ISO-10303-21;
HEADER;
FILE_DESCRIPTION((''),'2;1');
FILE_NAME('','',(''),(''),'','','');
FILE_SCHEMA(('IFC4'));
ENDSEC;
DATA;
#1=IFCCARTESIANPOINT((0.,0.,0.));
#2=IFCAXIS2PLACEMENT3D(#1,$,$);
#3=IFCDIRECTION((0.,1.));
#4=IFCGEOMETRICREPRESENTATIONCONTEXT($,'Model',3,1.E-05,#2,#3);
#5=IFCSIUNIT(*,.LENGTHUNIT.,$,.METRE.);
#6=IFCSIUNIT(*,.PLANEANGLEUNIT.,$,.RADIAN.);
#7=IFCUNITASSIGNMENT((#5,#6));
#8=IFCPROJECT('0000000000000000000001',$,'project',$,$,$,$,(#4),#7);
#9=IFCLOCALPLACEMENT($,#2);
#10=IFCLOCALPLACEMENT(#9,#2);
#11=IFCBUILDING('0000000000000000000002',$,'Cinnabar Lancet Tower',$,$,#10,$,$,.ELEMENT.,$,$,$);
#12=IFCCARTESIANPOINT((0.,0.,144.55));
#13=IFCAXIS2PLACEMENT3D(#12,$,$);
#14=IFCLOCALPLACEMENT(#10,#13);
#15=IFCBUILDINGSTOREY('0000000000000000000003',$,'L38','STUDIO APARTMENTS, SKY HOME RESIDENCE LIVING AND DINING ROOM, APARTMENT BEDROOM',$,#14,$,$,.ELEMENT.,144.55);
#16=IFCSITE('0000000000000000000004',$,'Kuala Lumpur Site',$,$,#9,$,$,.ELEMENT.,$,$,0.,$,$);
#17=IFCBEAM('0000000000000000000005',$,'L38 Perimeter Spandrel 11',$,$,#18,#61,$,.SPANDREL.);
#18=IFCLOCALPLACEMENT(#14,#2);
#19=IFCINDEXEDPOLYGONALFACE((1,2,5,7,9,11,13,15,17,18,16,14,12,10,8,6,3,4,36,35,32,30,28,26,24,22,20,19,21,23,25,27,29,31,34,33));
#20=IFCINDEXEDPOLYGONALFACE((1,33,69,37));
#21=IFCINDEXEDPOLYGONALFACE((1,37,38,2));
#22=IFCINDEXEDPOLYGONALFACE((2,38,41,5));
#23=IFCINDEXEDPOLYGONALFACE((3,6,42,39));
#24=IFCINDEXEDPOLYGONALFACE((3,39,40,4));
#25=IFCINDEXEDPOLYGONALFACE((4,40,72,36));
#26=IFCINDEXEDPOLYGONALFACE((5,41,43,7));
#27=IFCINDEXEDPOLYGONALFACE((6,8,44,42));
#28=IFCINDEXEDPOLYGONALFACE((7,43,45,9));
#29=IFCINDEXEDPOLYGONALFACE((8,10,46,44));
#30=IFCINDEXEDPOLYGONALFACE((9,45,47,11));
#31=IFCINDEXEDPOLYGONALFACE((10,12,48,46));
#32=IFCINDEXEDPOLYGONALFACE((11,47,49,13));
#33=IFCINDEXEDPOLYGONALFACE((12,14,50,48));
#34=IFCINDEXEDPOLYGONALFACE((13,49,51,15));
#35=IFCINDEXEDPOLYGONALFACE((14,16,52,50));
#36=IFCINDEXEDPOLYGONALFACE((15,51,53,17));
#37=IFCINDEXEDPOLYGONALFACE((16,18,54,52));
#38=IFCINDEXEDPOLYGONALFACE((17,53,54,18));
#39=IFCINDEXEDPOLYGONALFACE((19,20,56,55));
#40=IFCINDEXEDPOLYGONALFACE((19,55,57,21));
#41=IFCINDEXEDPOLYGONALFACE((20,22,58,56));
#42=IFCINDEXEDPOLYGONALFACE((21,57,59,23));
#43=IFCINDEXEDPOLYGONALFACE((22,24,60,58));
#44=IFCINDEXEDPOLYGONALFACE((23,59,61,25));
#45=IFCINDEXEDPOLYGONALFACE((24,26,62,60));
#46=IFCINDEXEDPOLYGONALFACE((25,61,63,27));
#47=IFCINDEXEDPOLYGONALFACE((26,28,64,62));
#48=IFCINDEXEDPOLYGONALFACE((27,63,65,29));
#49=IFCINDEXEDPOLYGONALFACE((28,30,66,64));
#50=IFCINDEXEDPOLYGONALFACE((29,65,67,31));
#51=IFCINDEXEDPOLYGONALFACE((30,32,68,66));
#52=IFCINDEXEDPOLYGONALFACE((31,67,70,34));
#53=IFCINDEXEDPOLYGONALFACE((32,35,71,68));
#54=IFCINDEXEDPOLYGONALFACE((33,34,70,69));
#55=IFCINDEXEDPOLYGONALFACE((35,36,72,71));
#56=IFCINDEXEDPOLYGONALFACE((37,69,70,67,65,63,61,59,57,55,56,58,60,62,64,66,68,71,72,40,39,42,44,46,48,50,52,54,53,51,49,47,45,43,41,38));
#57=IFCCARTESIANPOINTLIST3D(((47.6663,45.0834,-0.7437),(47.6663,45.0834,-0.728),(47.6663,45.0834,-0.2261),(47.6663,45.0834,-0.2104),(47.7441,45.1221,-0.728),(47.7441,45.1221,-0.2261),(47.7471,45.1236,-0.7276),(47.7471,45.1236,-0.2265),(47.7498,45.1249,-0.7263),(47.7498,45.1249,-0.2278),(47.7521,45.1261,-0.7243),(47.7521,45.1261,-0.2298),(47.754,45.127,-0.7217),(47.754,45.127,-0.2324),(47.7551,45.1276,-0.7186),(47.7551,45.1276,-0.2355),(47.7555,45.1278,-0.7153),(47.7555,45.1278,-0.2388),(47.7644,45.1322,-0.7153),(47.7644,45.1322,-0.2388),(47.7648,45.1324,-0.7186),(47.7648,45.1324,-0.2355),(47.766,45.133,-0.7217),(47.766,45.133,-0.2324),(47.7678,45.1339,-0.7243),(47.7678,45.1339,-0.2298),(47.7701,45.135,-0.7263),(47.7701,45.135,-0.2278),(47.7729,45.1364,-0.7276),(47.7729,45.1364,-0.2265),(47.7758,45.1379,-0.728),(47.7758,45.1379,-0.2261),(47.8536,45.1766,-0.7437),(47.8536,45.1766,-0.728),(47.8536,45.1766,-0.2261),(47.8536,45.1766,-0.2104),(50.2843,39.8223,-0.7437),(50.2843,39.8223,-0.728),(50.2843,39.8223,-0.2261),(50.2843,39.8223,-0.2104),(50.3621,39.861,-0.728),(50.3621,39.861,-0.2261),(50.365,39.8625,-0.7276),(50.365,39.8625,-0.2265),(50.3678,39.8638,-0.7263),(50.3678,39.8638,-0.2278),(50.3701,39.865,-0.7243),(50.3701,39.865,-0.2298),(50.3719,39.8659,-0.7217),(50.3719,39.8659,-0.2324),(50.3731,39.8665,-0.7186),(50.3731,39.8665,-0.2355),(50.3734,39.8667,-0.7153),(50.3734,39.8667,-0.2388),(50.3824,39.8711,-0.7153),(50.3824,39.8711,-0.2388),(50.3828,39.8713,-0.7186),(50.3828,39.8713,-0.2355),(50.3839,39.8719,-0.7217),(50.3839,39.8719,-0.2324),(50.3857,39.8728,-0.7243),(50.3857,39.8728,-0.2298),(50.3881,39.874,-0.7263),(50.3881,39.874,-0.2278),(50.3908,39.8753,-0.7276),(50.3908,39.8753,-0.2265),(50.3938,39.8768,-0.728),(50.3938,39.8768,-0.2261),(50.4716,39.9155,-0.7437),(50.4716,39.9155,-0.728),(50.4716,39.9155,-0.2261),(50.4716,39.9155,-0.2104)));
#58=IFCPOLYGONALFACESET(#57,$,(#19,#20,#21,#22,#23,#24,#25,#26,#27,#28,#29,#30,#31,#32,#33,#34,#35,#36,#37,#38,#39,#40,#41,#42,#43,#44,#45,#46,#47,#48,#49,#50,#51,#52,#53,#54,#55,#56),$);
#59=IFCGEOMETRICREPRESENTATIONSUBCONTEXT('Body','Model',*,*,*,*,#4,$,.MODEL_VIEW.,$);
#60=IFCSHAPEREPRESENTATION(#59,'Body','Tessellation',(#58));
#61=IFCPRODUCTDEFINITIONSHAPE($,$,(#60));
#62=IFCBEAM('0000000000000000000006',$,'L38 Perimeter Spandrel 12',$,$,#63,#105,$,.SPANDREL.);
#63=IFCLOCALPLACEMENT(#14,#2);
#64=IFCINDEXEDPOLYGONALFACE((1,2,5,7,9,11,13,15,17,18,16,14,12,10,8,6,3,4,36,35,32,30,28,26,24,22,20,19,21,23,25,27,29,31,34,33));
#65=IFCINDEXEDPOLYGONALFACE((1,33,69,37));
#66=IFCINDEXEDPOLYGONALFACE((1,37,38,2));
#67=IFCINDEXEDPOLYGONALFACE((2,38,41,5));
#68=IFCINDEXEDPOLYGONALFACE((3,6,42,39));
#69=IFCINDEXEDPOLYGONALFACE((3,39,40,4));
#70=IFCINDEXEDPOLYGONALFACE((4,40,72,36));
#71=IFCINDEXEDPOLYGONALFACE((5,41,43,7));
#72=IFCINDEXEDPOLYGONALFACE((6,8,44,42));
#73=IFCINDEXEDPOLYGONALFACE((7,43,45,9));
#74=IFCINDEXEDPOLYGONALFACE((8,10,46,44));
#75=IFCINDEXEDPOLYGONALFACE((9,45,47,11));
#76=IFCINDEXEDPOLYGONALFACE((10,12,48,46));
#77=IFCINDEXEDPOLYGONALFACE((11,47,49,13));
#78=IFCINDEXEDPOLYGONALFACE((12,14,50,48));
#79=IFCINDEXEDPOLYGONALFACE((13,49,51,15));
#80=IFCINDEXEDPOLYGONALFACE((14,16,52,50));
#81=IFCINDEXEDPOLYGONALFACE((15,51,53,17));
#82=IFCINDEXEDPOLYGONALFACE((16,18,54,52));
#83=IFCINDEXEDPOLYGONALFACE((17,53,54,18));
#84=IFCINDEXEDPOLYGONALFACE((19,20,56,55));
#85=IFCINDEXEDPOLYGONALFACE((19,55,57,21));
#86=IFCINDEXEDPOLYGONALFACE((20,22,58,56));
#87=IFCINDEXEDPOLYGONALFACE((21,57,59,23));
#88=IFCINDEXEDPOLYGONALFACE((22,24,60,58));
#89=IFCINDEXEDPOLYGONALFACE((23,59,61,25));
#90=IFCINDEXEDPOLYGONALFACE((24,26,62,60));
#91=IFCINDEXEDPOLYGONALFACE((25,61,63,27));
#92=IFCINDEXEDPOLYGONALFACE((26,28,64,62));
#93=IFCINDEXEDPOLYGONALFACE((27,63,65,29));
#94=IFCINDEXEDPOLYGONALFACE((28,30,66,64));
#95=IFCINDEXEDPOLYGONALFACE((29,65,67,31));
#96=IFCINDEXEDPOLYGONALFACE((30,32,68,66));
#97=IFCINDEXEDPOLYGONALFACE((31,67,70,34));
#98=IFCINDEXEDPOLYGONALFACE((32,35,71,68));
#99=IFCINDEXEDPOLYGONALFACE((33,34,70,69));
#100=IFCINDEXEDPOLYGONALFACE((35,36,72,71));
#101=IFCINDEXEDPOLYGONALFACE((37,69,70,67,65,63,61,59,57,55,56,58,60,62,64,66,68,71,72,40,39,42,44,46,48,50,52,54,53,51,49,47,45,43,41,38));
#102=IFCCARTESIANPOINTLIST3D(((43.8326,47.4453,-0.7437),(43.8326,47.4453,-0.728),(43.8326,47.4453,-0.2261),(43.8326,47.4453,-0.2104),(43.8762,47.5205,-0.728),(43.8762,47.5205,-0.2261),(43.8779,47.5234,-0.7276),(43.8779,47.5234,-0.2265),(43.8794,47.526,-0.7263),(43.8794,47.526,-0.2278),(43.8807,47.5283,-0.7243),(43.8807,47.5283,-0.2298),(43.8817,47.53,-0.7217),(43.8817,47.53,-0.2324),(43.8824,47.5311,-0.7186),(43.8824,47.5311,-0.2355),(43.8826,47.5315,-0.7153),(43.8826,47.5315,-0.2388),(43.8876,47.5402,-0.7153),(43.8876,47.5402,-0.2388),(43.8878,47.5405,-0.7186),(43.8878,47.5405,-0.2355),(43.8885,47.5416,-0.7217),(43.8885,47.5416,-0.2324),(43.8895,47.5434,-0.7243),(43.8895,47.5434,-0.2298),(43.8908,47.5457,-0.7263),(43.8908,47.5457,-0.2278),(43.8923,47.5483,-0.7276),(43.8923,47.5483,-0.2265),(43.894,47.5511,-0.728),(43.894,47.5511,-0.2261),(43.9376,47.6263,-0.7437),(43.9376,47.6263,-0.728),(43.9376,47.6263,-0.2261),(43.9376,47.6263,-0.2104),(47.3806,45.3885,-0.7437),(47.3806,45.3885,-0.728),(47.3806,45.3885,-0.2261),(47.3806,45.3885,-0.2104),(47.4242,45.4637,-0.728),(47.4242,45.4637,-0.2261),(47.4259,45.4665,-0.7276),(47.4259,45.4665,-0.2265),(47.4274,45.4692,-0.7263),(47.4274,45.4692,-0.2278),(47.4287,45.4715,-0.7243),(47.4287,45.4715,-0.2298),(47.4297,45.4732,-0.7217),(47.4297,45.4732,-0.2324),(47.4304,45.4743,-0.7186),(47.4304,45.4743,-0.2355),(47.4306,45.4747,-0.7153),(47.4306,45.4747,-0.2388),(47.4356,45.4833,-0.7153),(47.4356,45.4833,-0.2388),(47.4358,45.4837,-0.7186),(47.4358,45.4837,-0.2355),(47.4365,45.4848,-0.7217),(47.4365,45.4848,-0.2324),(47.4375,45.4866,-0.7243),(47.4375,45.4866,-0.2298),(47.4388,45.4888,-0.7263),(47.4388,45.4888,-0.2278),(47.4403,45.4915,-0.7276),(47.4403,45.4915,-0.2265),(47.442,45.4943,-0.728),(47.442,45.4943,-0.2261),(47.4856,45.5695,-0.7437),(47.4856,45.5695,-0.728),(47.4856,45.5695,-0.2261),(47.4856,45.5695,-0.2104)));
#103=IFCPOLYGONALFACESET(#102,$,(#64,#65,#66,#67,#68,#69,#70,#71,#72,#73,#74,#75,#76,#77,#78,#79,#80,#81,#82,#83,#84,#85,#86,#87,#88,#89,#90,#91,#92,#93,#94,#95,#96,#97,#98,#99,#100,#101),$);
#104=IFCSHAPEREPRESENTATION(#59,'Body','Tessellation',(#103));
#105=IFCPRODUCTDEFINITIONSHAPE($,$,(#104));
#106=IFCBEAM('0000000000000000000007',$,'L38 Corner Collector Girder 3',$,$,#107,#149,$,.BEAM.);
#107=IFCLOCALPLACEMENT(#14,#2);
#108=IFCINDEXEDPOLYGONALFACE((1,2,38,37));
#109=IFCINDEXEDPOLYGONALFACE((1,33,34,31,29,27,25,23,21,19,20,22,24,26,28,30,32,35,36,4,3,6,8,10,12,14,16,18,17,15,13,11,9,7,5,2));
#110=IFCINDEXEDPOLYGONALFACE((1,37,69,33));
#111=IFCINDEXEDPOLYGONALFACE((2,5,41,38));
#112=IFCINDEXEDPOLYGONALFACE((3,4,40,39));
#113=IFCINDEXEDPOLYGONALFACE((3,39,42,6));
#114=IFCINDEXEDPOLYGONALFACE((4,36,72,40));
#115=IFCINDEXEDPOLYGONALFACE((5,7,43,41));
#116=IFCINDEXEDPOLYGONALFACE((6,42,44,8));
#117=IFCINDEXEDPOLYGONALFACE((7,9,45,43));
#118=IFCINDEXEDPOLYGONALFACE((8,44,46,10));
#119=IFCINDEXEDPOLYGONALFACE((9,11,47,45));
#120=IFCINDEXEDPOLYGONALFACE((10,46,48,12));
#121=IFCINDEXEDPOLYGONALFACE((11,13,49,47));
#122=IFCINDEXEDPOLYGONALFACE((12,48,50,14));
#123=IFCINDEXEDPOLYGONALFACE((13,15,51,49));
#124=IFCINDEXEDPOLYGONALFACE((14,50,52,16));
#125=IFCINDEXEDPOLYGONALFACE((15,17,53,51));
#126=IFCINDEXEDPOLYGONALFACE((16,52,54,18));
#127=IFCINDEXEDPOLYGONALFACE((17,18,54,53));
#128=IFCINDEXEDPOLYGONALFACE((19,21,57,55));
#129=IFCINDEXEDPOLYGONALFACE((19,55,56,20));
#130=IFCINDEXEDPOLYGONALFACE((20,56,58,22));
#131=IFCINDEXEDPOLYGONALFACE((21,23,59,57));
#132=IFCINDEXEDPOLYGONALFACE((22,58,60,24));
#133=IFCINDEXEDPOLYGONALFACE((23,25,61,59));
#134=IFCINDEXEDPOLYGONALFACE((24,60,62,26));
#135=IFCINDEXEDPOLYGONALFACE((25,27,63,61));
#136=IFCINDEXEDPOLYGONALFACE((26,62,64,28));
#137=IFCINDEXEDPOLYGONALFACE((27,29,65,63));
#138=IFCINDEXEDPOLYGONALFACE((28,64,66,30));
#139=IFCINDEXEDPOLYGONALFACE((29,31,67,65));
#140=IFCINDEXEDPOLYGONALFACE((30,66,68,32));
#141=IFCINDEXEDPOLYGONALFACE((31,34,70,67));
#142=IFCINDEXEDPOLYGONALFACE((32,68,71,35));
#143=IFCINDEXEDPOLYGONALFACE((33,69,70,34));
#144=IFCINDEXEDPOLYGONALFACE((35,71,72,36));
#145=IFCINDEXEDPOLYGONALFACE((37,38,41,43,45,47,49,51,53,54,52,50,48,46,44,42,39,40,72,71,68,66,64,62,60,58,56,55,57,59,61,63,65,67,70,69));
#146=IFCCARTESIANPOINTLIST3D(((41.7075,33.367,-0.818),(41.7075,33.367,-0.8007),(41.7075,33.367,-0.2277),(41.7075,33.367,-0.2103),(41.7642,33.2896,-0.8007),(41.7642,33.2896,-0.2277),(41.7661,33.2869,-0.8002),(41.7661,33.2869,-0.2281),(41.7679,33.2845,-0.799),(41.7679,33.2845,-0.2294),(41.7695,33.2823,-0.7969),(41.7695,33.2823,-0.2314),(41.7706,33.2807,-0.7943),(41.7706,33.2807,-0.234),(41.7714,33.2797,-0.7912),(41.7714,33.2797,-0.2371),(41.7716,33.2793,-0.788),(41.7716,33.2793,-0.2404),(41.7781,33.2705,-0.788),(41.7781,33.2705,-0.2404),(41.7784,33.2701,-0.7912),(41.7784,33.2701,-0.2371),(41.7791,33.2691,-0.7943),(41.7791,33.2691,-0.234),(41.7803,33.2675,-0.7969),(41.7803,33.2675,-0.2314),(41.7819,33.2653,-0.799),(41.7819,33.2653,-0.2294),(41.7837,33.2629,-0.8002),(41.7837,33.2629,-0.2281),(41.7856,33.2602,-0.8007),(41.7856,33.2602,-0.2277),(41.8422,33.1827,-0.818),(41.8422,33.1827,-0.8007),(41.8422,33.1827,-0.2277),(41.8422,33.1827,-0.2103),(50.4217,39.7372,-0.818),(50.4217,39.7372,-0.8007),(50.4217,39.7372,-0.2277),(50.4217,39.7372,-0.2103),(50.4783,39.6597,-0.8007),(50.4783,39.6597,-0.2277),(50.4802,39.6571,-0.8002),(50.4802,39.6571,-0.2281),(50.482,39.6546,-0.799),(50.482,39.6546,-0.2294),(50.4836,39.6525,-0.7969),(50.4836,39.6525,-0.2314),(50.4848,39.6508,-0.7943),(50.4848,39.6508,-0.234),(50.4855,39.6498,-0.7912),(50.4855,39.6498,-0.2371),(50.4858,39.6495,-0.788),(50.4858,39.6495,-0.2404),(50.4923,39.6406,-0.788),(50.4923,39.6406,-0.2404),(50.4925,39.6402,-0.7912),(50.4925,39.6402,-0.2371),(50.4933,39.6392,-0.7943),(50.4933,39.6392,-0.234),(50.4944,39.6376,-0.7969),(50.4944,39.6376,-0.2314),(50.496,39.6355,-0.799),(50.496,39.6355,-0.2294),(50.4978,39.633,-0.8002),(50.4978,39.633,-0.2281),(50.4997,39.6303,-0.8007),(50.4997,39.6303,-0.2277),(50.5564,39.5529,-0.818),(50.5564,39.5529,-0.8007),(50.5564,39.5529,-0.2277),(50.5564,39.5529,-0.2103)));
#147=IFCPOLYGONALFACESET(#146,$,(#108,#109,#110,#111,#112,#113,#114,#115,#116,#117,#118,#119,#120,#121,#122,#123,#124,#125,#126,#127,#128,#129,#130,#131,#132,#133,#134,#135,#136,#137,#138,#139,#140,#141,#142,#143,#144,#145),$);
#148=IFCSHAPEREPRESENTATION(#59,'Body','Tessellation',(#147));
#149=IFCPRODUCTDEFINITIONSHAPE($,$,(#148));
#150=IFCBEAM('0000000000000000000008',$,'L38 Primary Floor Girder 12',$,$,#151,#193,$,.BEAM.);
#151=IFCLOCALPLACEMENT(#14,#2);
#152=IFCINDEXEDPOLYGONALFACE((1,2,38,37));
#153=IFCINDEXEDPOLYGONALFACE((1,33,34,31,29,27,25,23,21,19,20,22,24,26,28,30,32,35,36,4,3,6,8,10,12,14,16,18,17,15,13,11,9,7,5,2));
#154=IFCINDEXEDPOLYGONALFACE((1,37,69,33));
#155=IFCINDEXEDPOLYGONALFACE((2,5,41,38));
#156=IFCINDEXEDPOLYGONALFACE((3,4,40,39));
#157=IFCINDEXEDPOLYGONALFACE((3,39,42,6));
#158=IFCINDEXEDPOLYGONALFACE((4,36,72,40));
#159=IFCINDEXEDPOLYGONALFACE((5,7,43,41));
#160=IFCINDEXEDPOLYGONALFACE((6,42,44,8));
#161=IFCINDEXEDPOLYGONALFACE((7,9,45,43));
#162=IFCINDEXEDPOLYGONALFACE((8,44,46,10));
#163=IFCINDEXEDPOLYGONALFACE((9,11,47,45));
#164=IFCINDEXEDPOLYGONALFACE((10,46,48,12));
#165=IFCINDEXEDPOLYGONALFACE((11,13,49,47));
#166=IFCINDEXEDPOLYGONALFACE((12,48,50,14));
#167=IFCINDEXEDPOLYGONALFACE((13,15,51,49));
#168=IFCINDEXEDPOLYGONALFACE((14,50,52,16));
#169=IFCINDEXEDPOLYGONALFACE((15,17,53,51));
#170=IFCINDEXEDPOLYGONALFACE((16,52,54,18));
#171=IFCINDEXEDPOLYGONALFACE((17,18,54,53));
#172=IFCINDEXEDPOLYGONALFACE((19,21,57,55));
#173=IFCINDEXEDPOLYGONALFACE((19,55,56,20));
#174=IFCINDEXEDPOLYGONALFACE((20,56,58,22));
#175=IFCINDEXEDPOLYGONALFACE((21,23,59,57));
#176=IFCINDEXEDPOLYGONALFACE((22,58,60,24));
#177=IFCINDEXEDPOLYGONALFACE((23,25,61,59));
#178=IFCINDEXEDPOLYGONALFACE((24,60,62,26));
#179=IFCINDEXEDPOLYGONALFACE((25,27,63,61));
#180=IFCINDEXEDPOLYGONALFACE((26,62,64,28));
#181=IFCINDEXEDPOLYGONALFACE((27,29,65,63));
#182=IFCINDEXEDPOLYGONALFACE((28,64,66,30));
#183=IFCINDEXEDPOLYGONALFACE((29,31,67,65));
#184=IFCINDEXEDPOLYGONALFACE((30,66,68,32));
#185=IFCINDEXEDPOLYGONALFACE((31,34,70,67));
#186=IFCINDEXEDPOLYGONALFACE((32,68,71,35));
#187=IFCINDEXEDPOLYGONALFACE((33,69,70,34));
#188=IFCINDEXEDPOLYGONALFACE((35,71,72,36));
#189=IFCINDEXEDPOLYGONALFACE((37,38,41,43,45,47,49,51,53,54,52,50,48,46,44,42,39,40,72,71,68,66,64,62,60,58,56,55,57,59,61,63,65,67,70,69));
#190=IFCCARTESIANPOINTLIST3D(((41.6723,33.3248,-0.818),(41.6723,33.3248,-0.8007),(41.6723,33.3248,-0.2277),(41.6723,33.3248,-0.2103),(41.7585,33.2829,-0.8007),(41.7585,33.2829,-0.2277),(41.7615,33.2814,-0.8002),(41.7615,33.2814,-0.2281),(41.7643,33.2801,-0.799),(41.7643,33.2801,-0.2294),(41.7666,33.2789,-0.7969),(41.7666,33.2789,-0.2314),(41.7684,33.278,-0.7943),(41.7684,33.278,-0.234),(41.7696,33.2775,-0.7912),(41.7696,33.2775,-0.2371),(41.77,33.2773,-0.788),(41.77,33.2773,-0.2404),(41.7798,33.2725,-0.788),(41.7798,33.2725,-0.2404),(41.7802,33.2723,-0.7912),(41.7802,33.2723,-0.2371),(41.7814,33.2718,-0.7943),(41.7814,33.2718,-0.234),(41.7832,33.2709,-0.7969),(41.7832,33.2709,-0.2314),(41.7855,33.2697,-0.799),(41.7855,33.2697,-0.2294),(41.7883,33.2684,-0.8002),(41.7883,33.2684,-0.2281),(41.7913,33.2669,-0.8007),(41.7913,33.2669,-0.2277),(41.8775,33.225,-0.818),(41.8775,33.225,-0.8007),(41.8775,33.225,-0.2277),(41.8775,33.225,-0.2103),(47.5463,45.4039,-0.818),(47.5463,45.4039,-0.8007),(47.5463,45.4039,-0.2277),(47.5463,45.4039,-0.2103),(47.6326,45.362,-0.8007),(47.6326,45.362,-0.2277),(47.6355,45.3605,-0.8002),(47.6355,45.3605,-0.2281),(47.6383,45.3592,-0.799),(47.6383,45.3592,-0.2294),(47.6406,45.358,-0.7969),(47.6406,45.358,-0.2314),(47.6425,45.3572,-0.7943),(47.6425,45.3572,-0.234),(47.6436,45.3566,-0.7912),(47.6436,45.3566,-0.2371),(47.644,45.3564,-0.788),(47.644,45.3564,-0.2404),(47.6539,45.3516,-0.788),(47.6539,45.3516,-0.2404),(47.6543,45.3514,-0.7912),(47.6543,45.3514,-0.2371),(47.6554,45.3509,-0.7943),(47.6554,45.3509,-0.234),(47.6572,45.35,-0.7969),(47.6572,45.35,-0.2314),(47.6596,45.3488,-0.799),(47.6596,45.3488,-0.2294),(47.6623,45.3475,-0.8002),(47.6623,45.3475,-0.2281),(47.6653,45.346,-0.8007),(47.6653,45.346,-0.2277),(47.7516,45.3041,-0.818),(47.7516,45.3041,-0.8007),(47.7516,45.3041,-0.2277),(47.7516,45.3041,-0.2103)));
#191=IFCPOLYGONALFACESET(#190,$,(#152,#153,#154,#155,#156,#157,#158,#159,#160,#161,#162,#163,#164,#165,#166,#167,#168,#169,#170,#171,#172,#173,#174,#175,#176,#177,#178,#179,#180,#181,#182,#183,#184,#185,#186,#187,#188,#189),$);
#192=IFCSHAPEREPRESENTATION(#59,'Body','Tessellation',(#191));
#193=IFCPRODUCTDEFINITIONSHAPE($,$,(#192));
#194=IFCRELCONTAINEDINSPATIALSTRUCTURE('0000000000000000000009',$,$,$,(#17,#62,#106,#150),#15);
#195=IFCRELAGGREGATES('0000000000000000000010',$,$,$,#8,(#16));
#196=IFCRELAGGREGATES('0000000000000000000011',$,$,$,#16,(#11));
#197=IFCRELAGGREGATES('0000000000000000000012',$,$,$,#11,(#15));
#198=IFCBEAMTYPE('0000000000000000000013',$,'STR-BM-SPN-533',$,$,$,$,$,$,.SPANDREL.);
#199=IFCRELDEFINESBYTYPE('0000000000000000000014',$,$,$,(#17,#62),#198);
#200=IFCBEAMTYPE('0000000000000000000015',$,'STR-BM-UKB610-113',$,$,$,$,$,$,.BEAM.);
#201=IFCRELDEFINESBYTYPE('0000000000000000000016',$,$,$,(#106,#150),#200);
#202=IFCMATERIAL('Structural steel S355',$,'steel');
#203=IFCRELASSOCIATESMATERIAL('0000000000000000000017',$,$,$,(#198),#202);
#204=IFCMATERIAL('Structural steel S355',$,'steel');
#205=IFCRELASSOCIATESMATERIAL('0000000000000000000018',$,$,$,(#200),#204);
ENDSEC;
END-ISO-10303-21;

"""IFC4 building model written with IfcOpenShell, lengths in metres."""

from ifc_helpers import new_model, si_unit, direction, frame, origin, origin_2d, place, context, subcontext, project, spatial, i_section, extrude, material, material_profile, profile_set, type_object, element, save


model = new_model("IFC4")

# Units and contexts
model_context = context("Model", 3, precision=1e-05, world=origin(), true_north=direction((0.0, 1.0)))
body_context = subcontext(model_context, "Body", "Model", "MODEL_VIEW")
ifc_project = project(units=[si_unit("LENGTHUNIT", "METRE"), si_unit("PLANEANGLEUNIT", "RADIAN")], contexts=[model_context])

# Site, building, storey
site_placement = place(None, origin())
site = spatial("IfcSite", under=ifc_project, at=site_placement, Name="Kuala Lumpur Site", CompositionType="ELEMENT", RefElevation=0.0)
building_placement = place(site_placement, origin())
building = spatial("IfcBuilding", under=site, at=building_placement, Name="Cinnabar Lancet Tower", CompositionType="ELEMENT")
storey_placement = place(building_placement, frame((0.0, 0.0, 144.55)))
storey = spatial("IfcBuildingStorey", under=building, at=storey_placement, Name="L38", Description="STUDIO APARTMENTS, SKY HOME RESIDENCE LIVING AND DINING ROOM, APARTMENT BEDROOM", CompositionType="ELEMENT", Elevation=144.55)

# Beams
ifc_material_1 = material(Name="Structural steel S355", Category="steel")
ifc_material_profile_1 = material_profile(ifc_material_1, i_section(OverallWidth=0.2092, OverallDepth=0.5332, WebThickness=0.01, FlangeThickness=0.0156, FilletRadius=0.0127, at=origin_2d()), Name="UKB 533x210x92")
ifc_profile_set_1 = profile_set([ifc_material_profile_1], Name="Structural steel S355")
beam_type_1 = type_object("IfcBeamType", Name="STR-BM-SPN-533", PredefinedType="SPANDREL", material=ifc_profile_set_1)
beam_1_placement = place(storey_placement, frame((50.3779, 39.8689, -0.4771), z_axis=(-0.445501, 0.895281, 0.0), x_axis=(-0.895281, -0.445501, 0.0)))
element("IfcBeam", 1, at=beam_1_placement, inside=storey, type_object=beam_type_1, Name="L38 Perimeter Spandrel 11", PredefinedType="SPANDREL", context=body_context, shape_type="SweptSolid", body=[
    extrude(i_section(OverallWidth=0.2092, OverallDepth=0.5332, WebThickness=0.01, FlangeThickness=0.0156, FilletRadius=0.0127, at=origin_2d()), origin(), (0.0, 0.0, 1.0), 5.8765),
])
beam_2_placement = place(storey_placement, frame((47.4331, 45.479, -0.4771), z_axis=(-0.865138, 0.501534, 0.0), x_axis=(-0.501534, -0.865138, 0.0)))
element("IfcBeam", 2, at=beam_2_placement, inside=storey, type_object=beam_type_1, Name="L38 Perimeter Spandrel 12", PredefinedType="SPANDREL", context=body_context, shape_type="SweptSolid", body=[
    extrude(i_section(OverallWidth=0.2092, OverallDepth=0.5332, WebThickness=0.01, FlangeThickness=0.0156, FilletRadius=0.0127, at=origin_2d()), origin(), (0.0, 0.0, 1.0), 4.1011),
])
ifc_material_2 = material(Name="Structural steel S355", Category="steel")
ifc_material_profile_2 = material_profile(ifc_material_2, i_section(OverallWidth=0.2283, OverallDepth=0.6077, WebThickness=0.011, FlangeThickness=0.0173, FilletRadius=0.0127, at=origin_2d()), Name="UKB 610x229x113")
ifc_profile_set_2 = profile_set([ifc_material_profile_2], Name="Structural steel S355")
beam_type_2 = type_object("IfcBeamType", Name="STR-BM-UKB610-113", PredefinedType="BEAM", material=ifc_profile_set_2)
beam_3_placement = place(storey_placement, frame((50.489, 39.645, -0.5142), z_axis=(-0.807298, -0.590144, 0.0), x_axis=(0.590144, -0.807298, 0.0)))
element("IfcBeam", 3, at=beam_3_placement, inside=storey, type_object=beam_type_2, Name="L38 Corner Collector Girder 3", PredefinedType="BEAM", context=body_context, shape_type="SweptSolid", body=[
    extrude(i_section(OverallWidth=0.2283, OverallDepth=0.6077, WebThickness=0.011, FlangeThickness=0.0173, FilletRadius=0.0127, at=origin_2d()), origin(), (0.0, 0.0, 1.0), 10.7942),
])
beam_4_placement = place(storey_placement, frame((47.6489, 45.354, -0.5142), z_axis=(-0.437327, -0.899302, 0.0), x_axis=(0.899302, -0.437327, 0.0)))
element("IfcBeam", 4, at=beam_4_placement, inside=storey, type_object=beam_type_2, Name="L38 Primary Floor Girder 12", PredefinedType="BEAM", context=body_context, shape_type="SweptSolid", body=[
    extrude(i_section(OverallWidth=0.2283, OverallDepth=0.6077, WebThickness=0.011, FlangeThickness=0.0173, FilletRadius=0.0127, at=origin_2d()), origin(), (0.0, 0.0, 1.0), 13.4316),
])

save(model, "model.ifc")
